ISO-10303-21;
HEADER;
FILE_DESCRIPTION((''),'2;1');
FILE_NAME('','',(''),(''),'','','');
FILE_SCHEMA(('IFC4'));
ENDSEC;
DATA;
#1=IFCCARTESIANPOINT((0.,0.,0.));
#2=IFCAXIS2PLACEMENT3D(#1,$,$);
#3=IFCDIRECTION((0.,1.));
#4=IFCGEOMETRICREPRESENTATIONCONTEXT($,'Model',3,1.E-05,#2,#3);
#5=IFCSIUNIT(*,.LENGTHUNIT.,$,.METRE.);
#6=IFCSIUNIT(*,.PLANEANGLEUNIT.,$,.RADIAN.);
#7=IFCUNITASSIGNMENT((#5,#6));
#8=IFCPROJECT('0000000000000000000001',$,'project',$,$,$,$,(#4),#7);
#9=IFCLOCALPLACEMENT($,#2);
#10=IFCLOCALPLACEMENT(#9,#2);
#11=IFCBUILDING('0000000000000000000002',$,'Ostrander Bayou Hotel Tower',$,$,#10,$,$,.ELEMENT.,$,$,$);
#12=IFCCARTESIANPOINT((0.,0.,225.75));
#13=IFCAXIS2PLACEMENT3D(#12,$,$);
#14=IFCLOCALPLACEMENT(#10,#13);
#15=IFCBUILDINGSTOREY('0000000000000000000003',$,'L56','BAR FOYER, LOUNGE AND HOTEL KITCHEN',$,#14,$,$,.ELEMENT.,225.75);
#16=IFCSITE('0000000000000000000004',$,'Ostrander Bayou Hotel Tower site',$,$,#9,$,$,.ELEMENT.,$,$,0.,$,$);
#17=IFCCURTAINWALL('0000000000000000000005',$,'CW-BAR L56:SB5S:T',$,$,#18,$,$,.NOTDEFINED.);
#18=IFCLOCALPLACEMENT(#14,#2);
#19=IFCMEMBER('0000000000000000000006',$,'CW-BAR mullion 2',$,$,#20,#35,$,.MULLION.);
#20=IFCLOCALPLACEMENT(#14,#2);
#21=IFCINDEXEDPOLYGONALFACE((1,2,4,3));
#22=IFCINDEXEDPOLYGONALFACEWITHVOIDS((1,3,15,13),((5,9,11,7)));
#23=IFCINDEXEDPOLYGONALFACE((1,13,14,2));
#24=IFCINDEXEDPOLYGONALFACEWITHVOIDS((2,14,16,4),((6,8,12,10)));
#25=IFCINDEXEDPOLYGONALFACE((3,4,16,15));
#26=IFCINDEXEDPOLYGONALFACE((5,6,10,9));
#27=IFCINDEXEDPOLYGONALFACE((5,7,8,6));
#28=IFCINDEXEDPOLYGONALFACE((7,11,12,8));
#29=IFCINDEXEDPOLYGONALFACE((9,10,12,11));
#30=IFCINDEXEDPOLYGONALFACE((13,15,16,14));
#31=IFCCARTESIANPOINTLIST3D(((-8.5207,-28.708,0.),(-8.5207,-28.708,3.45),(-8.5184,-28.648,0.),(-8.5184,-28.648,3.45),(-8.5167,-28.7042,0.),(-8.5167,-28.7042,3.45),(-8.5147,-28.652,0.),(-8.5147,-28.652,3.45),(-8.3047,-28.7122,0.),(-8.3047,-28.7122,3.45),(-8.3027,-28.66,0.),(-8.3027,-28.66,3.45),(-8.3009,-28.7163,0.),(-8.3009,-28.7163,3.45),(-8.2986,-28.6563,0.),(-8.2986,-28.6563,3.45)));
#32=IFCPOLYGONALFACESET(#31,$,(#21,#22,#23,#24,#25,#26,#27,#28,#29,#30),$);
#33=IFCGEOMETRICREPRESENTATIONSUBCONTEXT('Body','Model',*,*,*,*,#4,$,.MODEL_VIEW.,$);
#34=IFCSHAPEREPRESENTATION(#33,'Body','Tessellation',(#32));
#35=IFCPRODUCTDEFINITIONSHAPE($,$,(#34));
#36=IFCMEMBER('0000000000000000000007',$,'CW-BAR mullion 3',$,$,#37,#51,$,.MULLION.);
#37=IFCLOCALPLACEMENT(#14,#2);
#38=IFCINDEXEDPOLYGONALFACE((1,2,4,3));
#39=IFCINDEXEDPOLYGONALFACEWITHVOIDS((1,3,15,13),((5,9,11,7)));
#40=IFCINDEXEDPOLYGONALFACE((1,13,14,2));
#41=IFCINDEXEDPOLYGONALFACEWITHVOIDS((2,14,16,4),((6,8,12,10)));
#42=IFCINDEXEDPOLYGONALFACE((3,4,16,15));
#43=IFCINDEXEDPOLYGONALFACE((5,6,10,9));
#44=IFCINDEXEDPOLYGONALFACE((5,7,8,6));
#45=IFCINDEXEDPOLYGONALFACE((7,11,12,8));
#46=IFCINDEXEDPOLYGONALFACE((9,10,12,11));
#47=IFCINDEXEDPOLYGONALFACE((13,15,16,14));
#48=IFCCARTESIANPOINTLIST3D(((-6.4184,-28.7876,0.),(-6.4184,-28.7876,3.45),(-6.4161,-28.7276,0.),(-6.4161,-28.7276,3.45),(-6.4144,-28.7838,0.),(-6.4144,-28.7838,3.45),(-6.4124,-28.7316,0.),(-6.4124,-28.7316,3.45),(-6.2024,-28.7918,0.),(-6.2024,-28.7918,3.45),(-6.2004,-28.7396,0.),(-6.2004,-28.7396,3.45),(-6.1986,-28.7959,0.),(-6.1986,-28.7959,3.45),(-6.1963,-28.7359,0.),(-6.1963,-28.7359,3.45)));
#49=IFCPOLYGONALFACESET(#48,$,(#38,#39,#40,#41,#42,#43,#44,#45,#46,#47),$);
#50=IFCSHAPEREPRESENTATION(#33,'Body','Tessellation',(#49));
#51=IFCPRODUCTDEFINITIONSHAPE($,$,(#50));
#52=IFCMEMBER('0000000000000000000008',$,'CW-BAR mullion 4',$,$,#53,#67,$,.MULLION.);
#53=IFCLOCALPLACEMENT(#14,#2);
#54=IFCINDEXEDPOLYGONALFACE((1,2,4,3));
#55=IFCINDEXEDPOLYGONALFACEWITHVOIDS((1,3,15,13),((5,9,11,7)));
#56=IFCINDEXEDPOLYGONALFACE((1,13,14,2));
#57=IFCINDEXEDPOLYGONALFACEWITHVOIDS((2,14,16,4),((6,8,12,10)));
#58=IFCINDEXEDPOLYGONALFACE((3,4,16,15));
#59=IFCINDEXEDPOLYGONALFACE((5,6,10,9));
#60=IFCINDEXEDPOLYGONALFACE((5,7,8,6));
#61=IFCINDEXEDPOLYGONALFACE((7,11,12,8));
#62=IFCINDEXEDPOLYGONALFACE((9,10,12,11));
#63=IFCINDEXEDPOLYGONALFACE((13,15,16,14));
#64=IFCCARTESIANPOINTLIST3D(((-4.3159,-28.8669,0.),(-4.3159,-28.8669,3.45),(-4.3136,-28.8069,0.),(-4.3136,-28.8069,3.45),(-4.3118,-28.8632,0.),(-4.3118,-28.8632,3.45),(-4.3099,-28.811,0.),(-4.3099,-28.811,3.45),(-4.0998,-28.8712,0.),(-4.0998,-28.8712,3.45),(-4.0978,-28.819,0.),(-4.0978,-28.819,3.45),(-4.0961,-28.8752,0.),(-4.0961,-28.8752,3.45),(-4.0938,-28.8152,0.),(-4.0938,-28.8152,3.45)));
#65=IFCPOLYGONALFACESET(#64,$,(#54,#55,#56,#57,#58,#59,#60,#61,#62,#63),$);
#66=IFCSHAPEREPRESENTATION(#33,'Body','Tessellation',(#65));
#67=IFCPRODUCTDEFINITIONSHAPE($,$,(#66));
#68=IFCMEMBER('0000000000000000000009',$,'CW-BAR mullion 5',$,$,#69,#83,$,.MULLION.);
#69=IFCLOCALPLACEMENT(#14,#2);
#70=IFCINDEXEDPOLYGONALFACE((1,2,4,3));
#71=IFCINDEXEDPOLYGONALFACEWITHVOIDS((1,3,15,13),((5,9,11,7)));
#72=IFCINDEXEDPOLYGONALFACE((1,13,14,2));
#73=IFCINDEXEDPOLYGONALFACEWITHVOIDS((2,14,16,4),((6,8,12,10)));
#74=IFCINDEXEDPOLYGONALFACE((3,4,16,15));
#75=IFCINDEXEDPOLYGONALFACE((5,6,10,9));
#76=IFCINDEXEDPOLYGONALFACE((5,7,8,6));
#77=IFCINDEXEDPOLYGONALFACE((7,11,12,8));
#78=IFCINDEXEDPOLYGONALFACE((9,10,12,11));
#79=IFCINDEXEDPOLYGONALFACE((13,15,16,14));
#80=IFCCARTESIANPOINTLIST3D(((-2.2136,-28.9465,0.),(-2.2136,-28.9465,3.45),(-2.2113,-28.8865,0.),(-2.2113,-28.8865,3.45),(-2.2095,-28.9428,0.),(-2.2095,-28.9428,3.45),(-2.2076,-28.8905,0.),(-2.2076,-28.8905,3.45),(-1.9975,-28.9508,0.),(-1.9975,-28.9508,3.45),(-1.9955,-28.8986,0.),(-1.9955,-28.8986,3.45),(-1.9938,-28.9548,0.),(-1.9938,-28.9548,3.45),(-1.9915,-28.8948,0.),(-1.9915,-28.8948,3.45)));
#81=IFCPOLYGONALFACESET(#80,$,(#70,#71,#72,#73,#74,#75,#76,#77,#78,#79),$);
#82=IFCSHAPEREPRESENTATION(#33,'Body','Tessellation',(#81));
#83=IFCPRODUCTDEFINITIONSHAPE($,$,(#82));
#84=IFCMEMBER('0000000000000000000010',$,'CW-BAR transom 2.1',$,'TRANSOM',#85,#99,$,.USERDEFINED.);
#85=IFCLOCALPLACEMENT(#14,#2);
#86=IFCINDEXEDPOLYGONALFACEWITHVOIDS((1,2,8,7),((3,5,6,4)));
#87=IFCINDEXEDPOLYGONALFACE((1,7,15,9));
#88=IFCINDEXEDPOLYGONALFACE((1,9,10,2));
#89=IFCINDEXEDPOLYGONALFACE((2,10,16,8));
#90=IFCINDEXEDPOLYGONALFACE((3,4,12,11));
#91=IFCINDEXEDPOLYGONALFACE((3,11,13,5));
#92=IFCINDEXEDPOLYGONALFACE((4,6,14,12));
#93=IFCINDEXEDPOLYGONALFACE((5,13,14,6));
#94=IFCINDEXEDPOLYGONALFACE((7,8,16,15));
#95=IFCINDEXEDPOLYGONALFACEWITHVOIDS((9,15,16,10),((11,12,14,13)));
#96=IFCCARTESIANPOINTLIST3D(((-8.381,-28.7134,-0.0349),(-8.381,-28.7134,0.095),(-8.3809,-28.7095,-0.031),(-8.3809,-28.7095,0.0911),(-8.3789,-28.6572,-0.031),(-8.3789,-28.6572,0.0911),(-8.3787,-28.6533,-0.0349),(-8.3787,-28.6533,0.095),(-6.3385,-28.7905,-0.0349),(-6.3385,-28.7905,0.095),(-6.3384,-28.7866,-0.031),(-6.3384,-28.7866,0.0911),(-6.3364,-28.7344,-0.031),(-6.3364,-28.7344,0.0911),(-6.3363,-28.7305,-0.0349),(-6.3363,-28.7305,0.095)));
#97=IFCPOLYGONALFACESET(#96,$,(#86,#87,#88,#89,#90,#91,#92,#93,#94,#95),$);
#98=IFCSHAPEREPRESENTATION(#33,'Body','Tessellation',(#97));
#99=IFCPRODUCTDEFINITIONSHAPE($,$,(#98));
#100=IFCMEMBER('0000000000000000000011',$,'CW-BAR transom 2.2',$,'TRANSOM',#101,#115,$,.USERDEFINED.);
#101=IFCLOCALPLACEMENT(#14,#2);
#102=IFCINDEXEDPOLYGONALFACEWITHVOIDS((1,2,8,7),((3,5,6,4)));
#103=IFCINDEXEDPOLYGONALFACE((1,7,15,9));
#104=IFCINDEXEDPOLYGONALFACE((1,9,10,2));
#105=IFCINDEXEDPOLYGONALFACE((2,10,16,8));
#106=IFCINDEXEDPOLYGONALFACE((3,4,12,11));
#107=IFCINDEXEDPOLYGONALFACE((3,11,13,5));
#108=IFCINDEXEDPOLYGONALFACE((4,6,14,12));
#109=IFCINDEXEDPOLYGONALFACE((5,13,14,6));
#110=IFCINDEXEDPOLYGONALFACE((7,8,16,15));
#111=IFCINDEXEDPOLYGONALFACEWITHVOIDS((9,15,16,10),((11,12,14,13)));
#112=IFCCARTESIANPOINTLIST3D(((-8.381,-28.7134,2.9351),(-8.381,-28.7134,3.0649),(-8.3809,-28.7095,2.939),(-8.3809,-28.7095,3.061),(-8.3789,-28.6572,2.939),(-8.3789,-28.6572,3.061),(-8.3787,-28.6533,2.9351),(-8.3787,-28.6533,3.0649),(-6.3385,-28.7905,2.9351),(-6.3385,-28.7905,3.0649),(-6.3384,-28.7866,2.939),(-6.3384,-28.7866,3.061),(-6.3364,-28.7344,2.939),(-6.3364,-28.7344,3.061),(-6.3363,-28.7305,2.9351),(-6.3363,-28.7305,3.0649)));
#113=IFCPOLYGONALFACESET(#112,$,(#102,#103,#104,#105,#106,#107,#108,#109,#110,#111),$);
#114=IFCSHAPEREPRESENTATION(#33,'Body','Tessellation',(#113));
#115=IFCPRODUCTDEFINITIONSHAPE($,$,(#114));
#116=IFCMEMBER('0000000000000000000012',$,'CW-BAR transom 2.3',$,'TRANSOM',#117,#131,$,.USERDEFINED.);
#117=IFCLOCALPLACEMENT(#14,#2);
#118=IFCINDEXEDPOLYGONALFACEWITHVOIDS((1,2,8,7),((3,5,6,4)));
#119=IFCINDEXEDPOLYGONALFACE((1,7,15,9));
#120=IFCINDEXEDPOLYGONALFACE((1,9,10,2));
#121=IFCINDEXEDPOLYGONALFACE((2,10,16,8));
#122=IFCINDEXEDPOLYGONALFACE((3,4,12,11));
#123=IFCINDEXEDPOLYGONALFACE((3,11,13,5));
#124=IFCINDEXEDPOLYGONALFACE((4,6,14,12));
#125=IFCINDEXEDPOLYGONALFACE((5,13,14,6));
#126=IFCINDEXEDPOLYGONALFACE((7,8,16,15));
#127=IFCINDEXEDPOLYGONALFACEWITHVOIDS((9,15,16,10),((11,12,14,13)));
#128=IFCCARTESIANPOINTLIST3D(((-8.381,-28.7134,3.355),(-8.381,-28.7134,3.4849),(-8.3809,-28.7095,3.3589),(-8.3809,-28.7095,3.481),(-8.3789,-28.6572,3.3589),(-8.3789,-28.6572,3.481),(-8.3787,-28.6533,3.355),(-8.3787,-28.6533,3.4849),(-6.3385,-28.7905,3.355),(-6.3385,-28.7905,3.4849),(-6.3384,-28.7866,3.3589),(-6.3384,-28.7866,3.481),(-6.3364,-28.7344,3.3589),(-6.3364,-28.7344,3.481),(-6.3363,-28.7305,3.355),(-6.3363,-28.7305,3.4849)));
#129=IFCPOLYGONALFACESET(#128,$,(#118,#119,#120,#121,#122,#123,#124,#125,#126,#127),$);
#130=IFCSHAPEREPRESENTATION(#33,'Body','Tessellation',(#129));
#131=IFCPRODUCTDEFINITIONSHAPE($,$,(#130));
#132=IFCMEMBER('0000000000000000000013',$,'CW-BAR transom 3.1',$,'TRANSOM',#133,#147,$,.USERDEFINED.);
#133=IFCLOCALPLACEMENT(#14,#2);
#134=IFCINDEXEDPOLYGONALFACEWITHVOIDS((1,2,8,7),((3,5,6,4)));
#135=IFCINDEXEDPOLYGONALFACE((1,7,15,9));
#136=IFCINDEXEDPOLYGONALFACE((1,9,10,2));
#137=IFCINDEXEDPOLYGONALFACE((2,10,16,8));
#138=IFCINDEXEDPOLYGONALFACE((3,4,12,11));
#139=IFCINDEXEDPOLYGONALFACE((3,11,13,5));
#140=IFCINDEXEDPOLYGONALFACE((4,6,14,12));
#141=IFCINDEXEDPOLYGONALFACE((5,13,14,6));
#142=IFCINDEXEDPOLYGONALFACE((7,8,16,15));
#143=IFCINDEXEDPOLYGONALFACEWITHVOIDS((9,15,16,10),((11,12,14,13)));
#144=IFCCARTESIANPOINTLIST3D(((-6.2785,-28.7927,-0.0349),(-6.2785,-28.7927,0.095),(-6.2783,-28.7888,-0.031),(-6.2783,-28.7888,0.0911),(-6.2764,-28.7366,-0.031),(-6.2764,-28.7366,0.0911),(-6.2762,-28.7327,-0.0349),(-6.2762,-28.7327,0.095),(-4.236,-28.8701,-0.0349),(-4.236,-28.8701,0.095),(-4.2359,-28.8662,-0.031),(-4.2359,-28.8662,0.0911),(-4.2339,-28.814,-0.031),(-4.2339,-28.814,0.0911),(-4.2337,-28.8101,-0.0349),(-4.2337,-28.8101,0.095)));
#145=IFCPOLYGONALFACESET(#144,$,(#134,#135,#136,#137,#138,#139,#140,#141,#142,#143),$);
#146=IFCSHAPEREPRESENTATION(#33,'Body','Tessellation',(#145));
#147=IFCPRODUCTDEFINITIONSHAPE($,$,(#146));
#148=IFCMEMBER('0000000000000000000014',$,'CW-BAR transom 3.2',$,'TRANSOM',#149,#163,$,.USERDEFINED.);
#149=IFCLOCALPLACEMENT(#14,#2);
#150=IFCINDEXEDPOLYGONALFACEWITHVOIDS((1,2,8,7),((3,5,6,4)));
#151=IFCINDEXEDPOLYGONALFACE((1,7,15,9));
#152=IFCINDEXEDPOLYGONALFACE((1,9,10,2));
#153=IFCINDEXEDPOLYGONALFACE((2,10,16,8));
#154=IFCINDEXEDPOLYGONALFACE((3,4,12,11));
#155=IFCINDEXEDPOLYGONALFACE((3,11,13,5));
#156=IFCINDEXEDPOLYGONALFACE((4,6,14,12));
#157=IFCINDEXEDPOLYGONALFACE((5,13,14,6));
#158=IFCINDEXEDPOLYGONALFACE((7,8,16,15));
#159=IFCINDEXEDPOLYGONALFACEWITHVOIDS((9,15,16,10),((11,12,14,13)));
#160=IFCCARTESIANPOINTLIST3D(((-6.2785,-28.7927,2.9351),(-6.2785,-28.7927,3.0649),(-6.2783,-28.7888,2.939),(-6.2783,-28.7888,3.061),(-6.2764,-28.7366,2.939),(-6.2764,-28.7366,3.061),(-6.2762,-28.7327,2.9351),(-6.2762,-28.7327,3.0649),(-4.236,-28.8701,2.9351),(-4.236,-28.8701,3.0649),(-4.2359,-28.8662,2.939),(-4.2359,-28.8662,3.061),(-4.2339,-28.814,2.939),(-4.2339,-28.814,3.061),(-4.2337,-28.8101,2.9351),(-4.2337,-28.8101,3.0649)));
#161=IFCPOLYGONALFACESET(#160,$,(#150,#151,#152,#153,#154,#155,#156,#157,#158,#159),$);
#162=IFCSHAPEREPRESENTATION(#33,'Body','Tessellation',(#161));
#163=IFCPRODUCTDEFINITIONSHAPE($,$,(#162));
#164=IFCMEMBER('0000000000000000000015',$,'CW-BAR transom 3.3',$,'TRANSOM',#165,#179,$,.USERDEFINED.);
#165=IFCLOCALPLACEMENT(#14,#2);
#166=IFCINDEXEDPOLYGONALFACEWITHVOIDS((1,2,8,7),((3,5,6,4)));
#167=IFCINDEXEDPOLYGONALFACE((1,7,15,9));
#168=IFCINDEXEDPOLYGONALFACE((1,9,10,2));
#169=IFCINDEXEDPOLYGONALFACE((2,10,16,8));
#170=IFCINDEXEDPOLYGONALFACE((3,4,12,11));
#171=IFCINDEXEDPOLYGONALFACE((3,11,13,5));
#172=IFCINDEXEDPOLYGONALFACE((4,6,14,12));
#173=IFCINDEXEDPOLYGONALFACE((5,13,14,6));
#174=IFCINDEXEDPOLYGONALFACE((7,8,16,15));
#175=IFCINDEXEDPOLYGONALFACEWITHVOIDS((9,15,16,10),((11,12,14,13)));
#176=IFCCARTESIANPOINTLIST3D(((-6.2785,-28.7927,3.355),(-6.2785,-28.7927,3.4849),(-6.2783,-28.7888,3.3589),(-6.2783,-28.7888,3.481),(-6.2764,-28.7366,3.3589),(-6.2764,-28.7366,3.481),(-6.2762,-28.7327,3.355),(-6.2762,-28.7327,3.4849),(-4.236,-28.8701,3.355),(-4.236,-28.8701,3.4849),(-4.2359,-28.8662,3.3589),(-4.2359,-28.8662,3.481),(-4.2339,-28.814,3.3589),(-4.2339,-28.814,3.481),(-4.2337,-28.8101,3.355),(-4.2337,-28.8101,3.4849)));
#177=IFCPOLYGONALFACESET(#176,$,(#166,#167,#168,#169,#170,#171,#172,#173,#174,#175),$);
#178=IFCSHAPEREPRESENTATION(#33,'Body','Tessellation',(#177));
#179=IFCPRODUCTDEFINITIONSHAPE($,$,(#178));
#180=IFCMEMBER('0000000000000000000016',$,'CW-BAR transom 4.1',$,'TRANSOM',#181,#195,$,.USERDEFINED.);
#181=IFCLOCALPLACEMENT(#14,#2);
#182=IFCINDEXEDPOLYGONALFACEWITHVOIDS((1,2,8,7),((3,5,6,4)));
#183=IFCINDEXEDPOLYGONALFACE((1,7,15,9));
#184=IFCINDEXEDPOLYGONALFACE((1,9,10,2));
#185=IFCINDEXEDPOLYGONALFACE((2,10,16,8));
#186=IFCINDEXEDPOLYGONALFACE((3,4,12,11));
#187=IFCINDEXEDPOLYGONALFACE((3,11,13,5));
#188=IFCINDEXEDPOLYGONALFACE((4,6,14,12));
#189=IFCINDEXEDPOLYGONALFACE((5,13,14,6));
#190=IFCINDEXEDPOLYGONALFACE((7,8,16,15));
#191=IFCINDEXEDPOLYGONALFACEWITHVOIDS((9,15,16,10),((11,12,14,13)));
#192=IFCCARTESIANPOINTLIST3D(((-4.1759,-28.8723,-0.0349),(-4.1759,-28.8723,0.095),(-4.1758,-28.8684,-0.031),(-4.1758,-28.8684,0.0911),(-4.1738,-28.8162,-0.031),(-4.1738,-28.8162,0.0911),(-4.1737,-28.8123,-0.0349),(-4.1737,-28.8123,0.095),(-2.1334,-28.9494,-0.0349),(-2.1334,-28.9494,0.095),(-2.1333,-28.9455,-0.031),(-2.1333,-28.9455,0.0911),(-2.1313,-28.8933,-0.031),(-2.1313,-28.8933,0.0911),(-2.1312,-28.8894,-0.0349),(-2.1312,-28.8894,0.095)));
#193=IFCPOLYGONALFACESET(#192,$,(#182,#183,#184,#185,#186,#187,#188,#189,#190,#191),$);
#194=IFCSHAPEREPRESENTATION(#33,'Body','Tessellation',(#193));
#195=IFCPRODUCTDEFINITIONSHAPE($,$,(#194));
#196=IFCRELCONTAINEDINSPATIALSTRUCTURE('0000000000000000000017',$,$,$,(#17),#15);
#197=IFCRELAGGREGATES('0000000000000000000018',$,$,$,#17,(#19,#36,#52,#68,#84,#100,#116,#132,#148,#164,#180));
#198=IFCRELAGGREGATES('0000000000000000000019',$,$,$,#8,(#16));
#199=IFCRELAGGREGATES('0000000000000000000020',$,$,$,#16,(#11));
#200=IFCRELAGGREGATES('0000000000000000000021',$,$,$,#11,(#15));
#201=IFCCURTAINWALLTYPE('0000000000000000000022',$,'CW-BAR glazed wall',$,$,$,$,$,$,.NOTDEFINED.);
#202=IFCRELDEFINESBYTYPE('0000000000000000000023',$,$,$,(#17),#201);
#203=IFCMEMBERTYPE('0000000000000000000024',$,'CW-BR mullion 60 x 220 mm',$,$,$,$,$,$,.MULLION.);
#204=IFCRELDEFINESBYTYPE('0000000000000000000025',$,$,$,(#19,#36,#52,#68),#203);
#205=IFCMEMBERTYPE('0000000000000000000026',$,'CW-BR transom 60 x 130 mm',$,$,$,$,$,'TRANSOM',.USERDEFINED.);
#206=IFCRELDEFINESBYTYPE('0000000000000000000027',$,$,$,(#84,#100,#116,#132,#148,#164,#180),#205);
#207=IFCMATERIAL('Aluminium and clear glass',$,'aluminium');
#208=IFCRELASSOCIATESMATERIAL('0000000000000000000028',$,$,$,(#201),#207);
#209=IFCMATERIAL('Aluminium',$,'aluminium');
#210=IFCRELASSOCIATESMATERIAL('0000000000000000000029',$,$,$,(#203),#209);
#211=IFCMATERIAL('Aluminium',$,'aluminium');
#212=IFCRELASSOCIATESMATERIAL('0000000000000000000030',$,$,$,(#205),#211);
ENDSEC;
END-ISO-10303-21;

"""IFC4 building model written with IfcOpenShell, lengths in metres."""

from ifc_helpers import new_model, si_unit, direction, frame, origin, origin_2d, place, context, subcontext, project, spatial, hollow_rectangle, extrude, material, material_profile, profile_set, type_object, element, aggregate, save


model = new_model("IFC4")

# Units and contexts
model_context = context("Model", 3, precision=1e-05, world=origin(), true_north=direction((0.0, 1.0)))
body_context = subcontext(model_context, "Body", "Model", "MODEL_VIEW")
ifc_project = project(units=[si_unit("LENGTHUNIT", "METRE"), si_unit("PLANEANGLEUNIT", "RADIAN")], contexts=[model_context])

# Site, building, storey
site_placement = place(None, origin())
site = spatial("IfcSite", under=ifc_project, at=site_placement, Name="Ostrander Bayou Hotel Tower site", CompositionType="ELEMENT", RefElevation=0.0)
building_placement = place(site_placement, origin())
building = spatial("IfcBuilding", under=site, at=building_placement, Name="Ostrander Bayou Hotel Tower", CompositionType="ELEMENT")
storey_placement = place(building_placement, frame((0.0, 0.0, 225.75)))
storey = spatial("IfcBuildingStorey", under=building, at=storey_placement, Name="L56", Description="BAR FOYER, LOUNGE AND HOTEL KITCHEN", CompositionType="ELEMENT", Elevation=225.75)

# Curtain wall, members
ifc_material_1 = material(Name="Aluminium and clear glass", Category="aluminium")
curtain_wall_type = type_object("IfcCurtainWallType", Name="CW-BAR glazed wall", PredefinedType="NOTDEFINED", material=ifc_material_1)
curtain_wall_placement = place(storey_placement, origin())
curtain_wall = element("IfcCurtainWall", 1, at=curtain_wall_placement, inside=storey, type_object=curtain_wall_type, Name="CW-BAR L56:SB5S:T", PredefinedType="NOTDEFINED")
ifc_material_2 = material(Name="Aluminium", Category="aluminium")
ifc_material_profile_1 = material_profile(ifc_material_2, hollow_rectangle(XDim=0.0601, YDim=0.22, WallThickness=0.0039, at=origin_2d()))
ifc_profile_set_1 = profile_set([ifc_material_profile_1], Name="Aluminium")
member_type_1 = type_object("IfcMemberType", Name="CW-BR mullion 60 x 220 mm", PredefinedType="MULLION", material=ifc_profile_set_1)
member_1_placement = place(storey_placement, frame((-8.4097, -28.6821, 0.0), z_axis=(0.0, 0.0, 1.0), x_axis=(0.037758, 0.999287, 0.0)))
member_1 = element("IfcMember", 2, at=member_1_placement, type_object=member_type_1, Name="CW-BAR mullion 2", PredefinedType="MULLION", context=body_context, shape_type="SweptSolid", body=[
    extrude(hollow_rectangle(XDim=0.0601, YDim=0.22, WallThickness=0.0039, at=origin_2d()), origin(), (0.0, 0.0, 1.0), 3.45),
])
member_2_placement = place(storey_placement, frame((-6.3074, -28.7617, 0.0), z_axis=(0.0, 0.0, 1.0), x_axis=(0.037758, 0.999287, 0.0)))
member_2 = element("IfcMember", 3, at=member_2_placement, type_object=member_type_1, Name="CW-BAR mullion 3", PredefinedType="MULLION", context=body_context, shape_type="SweptSolid", body=[
    extrude(hollow_rectangle(XDim=0.0601, YDim=0.22, WallThickness=0.0039, at=origin_2d()), origin(), (0.0, 0.0, 1.0), 3.45),
])
member_3_placement = place(storey_placement, frame((-4.2048, -28.8411, 0.0), z_axis=(0.0, 0.0, 1.0), x_axis=(0.037758, 0.999287, 0.0)))
member_3 = element("IfcMember", 4, at=member_3_placement, type_object=member_type_1, Name="CW-BAR mullion 4", PredefinedType="MULLION", context=body_context, shape_type="SweptSolid", body=[
    extrude(hollow_rectangle(XDim=0.0601, YDim=0.22, WallThickness=0.0039, at=origin_2d()), origin(), (0.0, 0.0, 1.0), 3.45),
])
member_4_placement = place(storey_placement, frame((-2.1025, -28.9207, 0.0), z_axis=(0.0, 0.0, 1.0), x_axis=(0.037758, 0.999287, 0.0)))
member_4 = element("IfcMember", 5, at=member_4_placement, type_object=member_type_1, Name="CW-BAR mullion 5", PredefinedType="MULLION", context=body_context, shape_type="SweptSolid", body=[
    extrude(hollow_rectangle(XDim=0.0601, YDim=0.22, WallThickness=0.0039, at=origin_2d()), origin(), (0.0, 0.0, 1.0), 3.45),
])
ifc_material_3 = material(Name="Aluminium", Category="aluminium")
ifc_material_profile_2 = material_profile(ifc_material_3, hollow_rectangle(XDim=0.0601, YDim=0.1299, WallThickness=0.0039, at=origin_2d()))
ifc_profile_set_2 = profile_set([ifc_material_profile_2], Name="Aluminium")
member_type_2 = type_object("IfcMemberType", Name="CW-BR transom 60 x 130 mm", ElementType="TRANSOM", PredefinedType="USERDEFINED", material=ifc_profile_set_2)
member_5_placement = place(storey_placement, frame((-8.3799, -28.6833, 0.03), z_axis=(0.999287, -0.037745, 0.0), x_axis=(0.037745, 0.999287, 0.0)))
member_5 = element("IfcMember", 6, at=member_5_placement, type_object=member_type_2, Name="CW-BAR transom 2.1", ObjectType="TRANSOM", PredefinedType="USERDEFINED", context=body_context, shape_type="SweptSolid", body=[
    extrude(hollow_rectangle(XDim=0.0601, YDim=0.1299, WallThickness=0.0039, at=origin_2d()), origin(), (0.0, 0.0, 1.0), 2.0439),
])
member_6_placement = place(storey_placement, frame((-8.3799, -28.6833, 3.0), z_axis=(0.999287, -0.037745, 0.0), x_axis=(0.037745, 0.999287, 0.0)))
member_6 = element("IfcMember", 7, at=member_6_placement, type_object=member_type_2, Name="CW-BAR transom 2.2", ObjectType="TRANSOM", PredefinedType="USERDEFINED", context=body_context, shape_type="SweptSolid", body=[
    extrude(hollow_rectangle(XDim=0.0601, YDim=0.1299, WallThickness=0.0039, at=origin_2d()), origin(), (0.0, 0.0, 1.0), 2.0439),
])
member_7_placement = place(storey_placement, frame((-8.3799, -28.6833, 3.4199), z_axis=(0.999287, -0.037745, 0.0), x_axis=(0.037745, 0.999287, 0.0)))
member_7 = element("IfcMember", 8, at=member_7_placement, type_object=member_type_2, Name="CW-BAR transom 2.3", ObjectType="TRANSOM", PredefinedType="USERDEFINED", context=body_context, shape_type="SweptSolid", body=[
    extrude(hollow_rectangle(XDim=0.0601, YDim=0.1299, WallThickness=0.0039, at=origin_2d()), origin(), (0.0, 0.0, 1.0), 2.0439),
])
member_8_placement = place(storey_placement, frame((-6.2773, -28.7627, 0.03), z_axis=(0.999283, -0.037864, 0.0), x_axis=(0.037864, 0.999283, 0.0)))
member_8 = element("IfcMember", 9, at=member_8_placement, type_object=member_type_2, Name="CW-BAR transom 3.1", ObjectType="TRANSOM", PredefinedType="USERDEFINED", context=body_context, shape_type="SweptSolid", body=[
    extrude(hollow_rectangle(XDim=0.0601, YDim=0.1299, WallThickness=0.0039, at=origin_2d()), origin(), (0.0, 0.0, 1.0), 2.0439),
])
member_9_placement = place(storey_placement, frame((-6.2773, -28.7627, 3.0), z_axis=(0.999283, -0.037864, 0.0), x_axis=(0.037864, 0.999283, 0.0)))
member_9 = element("IfcMember", 10, at=member_9_placement, type_object=member_type_2, Name="CW-BAR transom 3.2", ObjectType="TRANSOM", PredefinedType="USERDEFINED", context=body_context, shape_type="SweptSolid", body=[
    extrude(hollow_rectangle(XDim=0.0601, YDim=0.1299, WallThickness=0.0039, at=origin_2d()), origin(), (0.0, 0.0, 1.0), 2.0439),
])
member_10_placement = place(storey_placement, frame((-6.2773, -28.7627, 3.4199), z_axis=(0.999283, -0.037864, 0.0), x_axis=(0.037864, 0.999283, 0.0)))
member_10 = element("IfcMember", 11, at=member_10_placement, type_object=member_type_2, Name="CW-BAR transom 3.3", ObjectType="TRANSOM", PredefinedType="USERDEFINED", context=body_context, shape_type="SweptSolid", body=[
    extrude(hollow_rectangle(XDim=0.0601, YDim=0.1299, WallThickness=0.0039, at=origin_2d()), origin(), (0.0, 0.0, 1.0), 2.0439),
])
member_11_placement = place(storey_placement, frame((-4.1748, -28.8423, 0.03), z_axis=(0.999287, -0.037745, 0.0), x_axis=(0.037745, 0.999287, 0.0)))
member_11 = element("IfcMember", 12, at=member_11_placement, type_object=member_type_2, Name="CW-BAR transom 4.1", ObjectType="TRANSOM", PredefinedType="USERDEFINED", context=body_context, shape_type="SweptSolid", body=[
    extrude(hollow_rectangle(XDim=0.0601, YDim=0.1299, WallThickness=0.0039, at=origin_2d()), origin(), (0.0, 0.0, 1.0), 2.0439),
])
aggregate(curtain_wall, [member_1, member_2, member_3, member_4, member_5, member_6, member_7, member_8, member_9, member_10, member_11])

save(model, "model.ifc")
